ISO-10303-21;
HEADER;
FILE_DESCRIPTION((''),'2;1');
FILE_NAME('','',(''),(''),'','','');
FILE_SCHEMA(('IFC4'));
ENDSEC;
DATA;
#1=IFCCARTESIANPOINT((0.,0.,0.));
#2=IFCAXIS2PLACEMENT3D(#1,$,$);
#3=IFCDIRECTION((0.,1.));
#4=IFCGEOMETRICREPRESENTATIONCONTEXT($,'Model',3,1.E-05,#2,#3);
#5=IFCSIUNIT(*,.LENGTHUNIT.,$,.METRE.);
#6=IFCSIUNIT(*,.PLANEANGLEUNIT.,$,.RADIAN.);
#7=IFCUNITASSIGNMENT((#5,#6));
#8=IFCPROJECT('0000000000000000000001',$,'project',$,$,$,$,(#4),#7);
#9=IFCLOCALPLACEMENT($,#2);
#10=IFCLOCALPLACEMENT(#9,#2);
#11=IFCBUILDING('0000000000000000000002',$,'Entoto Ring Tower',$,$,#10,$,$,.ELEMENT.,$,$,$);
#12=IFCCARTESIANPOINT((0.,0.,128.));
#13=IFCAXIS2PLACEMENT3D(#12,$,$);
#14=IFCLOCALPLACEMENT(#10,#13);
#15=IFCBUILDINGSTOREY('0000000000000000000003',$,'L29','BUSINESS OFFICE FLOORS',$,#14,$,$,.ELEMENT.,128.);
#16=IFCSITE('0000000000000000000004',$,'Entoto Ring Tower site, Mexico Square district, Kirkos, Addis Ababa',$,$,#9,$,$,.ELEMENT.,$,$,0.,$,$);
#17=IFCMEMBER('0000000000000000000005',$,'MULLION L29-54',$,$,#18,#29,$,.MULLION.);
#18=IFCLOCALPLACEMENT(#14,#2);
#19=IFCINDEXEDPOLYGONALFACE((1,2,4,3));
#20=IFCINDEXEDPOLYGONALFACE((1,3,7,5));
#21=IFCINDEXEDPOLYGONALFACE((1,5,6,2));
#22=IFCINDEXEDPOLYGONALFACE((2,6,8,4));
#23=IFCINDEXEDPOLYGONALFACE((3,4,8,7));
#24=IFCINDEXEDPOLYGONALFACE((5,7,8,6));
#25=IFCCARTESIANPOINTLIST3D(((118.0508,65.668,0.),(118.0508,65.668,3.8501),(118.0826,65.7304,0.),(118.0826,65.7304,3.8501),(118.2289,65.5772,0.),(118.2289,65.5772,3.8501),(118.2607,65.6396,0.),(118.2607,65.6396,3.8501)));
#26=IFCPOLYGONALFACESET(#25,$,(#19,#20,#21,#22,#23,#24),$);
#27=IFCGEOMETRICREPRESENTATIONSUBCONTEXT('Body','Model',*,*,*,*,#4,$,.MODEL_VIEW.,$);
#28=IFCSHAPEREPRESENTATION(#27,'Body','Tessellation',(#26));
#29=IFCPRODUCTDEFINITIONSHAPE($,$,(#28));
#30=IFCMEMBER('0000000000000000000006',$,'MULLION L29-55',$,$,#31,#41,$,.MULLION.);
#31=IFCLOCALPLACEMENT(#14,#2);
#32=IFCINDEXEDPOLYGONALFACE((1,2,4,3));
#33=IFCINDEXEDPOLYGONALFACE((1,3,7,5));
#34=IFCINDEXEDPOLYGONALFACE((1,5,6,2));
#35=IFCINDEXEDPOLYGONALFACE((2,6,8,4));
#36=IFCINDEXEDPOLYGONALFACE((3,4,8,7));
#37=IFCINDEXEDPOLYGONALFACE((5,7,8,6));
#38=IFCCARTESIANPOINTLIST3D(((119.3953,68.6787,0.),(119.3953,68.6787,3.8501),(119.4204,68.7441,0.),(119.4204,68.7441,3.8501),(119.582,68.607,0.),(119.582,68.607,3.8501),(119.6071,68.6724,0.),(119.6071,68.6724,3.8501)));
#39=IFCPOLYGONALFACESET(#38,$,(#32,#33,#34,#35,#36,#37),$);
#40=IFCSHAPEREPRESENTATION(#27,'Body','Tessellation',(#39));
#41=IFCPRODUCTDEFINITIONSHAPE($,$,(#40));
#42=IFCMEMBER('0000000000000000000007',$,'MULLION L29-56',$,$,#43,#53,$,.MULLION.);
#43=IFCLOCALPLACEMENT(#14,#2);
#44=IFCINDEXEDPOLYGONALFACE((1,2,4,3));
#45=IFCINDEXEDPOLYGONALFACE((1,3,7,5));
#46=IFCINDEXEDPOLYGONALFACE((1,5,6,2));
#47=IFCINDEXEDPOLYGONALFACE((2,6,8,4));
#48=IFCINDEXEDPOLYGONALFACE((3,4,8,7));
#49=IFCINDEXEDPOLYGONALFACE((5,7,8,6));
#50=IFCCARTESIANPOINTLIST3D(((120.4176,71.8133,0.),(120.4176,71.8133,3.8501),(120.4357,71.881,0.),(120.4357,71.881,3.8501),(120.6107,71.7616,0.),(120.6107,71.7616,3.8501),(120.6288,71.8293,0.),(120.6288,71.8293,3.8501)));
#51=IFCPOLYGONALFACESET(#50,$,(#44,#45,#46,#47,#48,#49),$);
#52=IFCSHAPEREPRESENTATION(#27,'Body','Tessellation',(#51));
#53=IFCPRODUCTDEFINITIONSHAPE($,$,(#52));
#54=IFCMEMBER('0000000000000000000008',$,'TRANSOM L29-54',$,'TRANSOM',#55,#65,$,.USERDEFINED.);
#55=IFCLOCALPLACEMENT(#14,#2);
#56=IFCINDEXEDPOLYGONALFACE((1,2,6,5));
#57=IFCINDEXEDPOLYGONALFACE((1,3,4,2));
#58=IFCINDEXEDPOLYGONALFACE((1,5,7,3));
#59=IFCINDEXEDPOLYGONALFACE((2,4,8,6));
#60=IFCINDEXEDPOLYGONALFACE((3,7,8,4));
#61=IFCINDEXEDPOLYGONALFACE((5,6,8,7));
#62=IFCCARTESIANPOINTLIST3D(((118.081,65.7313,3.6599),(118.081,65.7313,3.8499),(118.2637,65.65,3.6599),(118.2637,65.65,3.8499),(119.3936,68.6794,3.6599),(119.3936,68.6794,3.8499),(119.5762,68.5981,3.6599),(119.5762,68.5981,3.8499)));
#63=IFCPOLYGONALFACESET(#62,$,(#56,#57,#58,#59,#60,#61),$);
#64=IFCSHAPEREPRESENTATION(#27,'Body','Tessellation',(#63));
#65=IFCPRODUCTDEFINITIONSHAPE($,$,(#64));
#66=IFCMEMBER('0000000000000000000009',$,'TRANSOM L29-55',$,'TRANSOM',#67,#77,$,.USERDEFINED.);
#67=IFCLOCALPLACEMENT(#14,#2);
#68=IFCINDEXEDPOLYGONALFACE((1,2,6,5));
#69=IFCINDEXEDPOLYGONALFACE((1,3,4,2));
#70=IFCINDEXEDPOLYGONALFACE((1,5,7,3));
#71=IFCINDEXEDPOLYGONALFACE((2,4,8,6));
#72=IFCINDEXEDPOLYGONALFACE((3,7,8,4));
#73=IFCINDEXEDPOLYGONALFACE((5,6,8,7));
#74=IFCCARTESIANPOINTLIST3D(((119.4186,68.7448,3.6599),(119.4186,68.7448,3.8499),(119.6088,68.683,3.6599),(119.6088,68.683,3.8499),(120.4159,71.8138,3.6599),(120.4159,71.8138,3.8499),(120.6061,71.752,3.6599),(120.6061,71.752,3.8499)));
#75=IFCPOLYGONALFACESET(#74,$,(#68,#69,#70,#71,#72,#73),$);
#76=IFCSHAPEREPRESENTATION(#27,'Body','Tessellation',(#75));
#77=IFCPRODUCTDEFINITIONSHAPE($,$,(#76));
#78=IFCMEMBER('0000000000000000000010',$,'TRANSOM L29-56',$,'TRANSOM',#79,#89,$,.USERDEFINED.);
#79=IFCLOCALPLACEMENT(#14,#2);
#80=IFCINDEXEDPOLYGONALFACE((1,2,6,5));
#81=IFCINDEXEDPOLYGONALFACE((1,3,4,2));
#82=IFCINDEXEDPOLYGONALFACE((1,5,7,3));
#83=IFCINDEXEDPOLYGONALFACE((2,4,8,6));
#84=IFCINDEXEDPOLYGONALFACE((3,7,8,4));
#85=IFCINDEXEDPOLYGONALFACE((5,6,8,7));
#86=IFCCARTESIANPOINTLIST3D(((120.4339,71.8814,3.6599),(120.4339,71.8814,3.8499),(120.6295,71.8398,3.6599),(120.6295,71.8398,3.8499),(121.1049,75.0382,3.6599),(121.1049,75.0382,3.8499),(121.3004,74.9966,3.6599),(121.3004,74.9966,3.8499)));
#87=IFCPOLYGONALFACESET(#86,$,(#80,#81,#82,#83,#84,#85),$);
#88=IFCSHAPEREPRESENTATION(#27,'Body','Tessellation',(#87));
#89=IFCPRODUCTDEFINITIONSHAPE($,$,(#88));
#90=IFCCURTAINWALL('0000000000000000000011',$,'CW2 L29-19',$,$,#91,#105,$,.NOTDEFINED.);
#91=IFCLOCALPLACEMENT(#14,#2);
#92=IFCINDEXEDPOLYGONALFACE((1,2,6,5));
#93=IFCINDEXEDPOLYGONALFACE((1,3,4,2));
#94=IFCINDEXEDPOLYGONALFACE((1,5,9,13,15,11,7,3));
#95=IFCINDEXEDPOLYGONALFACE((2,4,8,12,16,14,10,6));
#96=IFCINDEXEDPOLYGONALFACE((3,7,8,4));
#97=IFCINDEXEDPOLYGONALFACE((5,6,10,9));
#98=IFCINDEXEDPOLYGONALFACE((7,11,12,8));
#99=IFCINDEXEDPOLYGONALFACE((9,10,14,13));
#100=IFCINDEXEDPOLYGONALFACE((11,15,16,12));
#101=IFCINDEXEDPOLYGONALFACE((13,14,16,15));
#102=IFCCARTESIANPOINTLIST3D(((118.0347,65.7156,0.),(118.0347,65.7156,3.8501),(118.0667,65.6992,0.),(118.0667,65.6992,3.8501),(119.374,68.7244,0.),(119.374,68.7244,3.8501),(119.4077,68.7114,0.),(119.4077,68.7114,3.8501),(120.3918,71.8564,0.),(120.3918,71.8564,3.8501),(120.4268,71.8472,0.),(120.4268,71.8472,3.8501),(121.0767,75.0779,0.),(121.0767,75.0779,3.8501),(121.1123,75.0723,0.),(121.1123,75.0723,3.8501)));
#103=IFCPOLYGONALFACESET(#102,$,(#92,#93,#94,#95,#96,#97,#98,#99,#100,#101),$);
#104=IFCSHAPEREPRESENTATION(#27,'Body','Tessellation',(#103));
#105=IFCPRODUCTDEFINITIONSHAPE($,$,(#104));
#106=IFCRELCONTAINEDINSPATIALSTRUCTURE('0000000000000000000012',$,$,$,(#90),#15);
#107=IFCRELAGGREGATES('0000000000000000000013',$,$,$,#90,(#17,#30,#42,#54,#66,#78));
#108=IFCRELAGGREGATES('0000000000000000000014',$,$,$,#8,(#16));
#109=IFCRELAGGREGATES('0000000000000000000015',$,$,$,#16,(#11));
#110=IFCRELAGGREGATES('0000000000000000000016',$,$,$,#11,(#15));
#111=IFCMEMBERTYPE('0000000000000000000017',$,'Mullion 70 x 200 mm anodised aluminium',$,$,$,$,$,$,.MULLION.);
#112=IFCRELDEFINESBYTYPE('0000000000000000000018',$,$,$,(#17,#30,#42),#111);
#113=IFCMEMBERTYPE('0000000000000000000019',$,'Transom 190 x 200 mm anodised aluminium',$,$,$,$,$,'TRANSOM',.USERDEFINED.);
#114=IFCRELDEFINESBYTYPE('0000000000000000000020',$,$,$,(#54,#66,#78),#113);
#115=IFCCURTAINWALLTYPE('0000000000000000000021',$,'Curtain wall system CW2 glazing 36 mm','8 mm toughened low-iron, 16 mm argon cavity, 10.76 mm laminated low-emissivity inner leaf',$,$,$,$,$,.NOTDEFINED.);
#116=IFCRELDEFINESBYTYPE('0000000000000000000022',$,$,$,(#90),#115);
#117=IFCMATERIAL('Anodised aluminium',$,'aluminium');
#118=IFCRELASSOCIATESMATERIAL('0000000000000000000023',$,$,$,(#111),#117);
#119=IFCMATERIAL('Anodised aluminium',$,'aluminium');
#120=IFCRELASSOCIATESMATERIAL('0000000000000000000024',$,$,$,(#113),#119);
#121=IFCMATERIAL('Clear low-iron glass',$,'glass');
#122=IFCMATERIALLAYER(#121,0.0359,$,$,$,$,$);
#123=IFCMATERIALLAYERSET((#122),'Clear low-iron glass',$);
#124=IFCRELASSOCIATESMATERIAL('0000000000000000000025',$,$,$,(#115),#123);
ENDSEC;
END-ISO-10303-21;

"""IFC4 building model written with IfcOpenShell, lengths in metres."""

from ifc_helpers import new_model, si_unit, direction, frame, origin, origin_2d, place, context, subcontext, project, spatial, polyline, rectangle, outline, extrude, material, layer, layer_set, material_profile, profile_set, type_object, element, aggregate, save


model = new_model("IFC4")

# Units and contexts
model_context = context("Model", 3, precision=1e-05, world=origin(), true_north=direction((0.0, 1.0)))
body_context = subcontext(model_context, "Body", "Model", "MODEL_VIEW")
ifc_project = project(units=[si_unit("LENGTHUNIT", "METRE"), si_unit("PLANEANGLEUNIT", "RADIAN")], contexts=[model_context])

# Members
ifc_material_1 = material(Name="Anodised aluminium", Category="aluminium")
ifc_material_profile_1 = material_profile(ifc_material_1, rectangle(XDim=0.0701, YDim=0.2, at=origin_2d()), Name="Mullion 70 x 200 mm anodised aluminium")
ifc_profile_set_1 = profile_set([ifc_material_profile_1], Name="Anodised aluminium")
member_type_1 = type_object("IfcMemberType", Name="Mullion 70 x 200 mm anodised aluminium", PredefinedType="MULLION", material=ifc_profile_set_1)
site_placement = place(None, origin())
building_placement = place(site_placement, origin())
storey_placement = place(building_placement, frame((0.0, 0.0, 128.0)))
member_1_placement = place(storey_placement, frame((118.1558, 65.6538, 0.0), z_axis=(0.0, 0.0, 1.0), x_axis=(0.45399, 0.891007, 0.0)))
member_1 = element("IfcMember", 1, at=member_1_placement, type_object=member_type_1, Name="MULLION L29-54", PredefinedType="MULLION", context=body_context, shape_type="SweptSolid", body=[
    extrude(rectangle(XDim=0.0701, YDim=0.2, at=origin_2d()), origin(), (0.0, 0.0, 1.0), 3.8501),
])
member_2_placement = place(storey_placement, frame((119.5012, 68.6755, 0.0), z_axis=(0.0, 0.0, 1.0), x_axis=(0.358368, 0.93358, 0.0)))
member_2 = element("IfcMember", 2, at=member_2_placement, type_object=member_type_1, Name="MULLION L29-55", PredefinedType="MULLION", context=body_context, shape_type="SweptSolid", body=[
    extrude(rectangle(XDim=0.0701, YDim=0.2, at=origin_2d()), origin(), (0.0, 0.0, 1.0), 3.8501),
])
member_3_placement = place(storey_placement, frame((120.5232, 71.8213, 0.0), z_axis=(0.0, 0.0, 1.0), x_axis=(0.258819, 0.965926, 0.0)))
member_3 = element("IfcMember", 3, at=member_3_placement, type_object=member_type_1, Name="MULLION L29-56", PredefinedType="MULLION", context=body_context, shape_type="SweptSolid", body=[
    extrude(rectangle(XDim=0.0701, YDim=0.2, at=origin_2d()), origin(), (0.0, 0.0, 1.0), 3.8501),
])
ifc_material_2 = material(Name="Anodised aluminium", Category="aluminium")
ifc_material_profile_2 = material_profile(ifc_material_2, rectangle(XDim=0.2, YDim=0.1899, at=origin_2d()), Name="Transom 190 x 200 mm anodised aluminium")
ifc_profile_set_2 = profile_set([ifc_material_profile_2], Name="Anodised aluminium")
member_type_2 = type_object("IfcMemberType", Name="Transom 190 x 200 mm anodised aluminium", ElementType="TRANSOM", PredefinedType="USERDEFINED", material=ifc_profile_set_2)
member_4_placement = place(storey_placement, frame((118.1724, 65.6907, 3.7549), z_axis=(0.406728, 0.913549, 0.0), x_axis=(-0.913549, 0.406728, 0.0)))
member_4 = element("IfcMember", 4, at=member_4_placement, type_object=member_type_2, Name="TRANSOM L29-54", ObjectType="TRANSOM", PredefinedType="USERDEFINED", context=body_context, shape_type="SweptSolid", body=[
    extrude(rectangle(XDim=0.2, YDim=0.1899, at=origin_2d()), origin(), (0.0, 0.0, 1.0), 3.2271),
])
member_5_placement = place(storey_placement, frame((119.5137, 68.7139, 3.7549), z_axis=(0.309047, 0.951047, 0.0), x_axis=(-0.951047, 0.309047, 0.0)))
member_5 = element("IfcMember", 5, at=member_5_placement, type_object=member_type_2, Name="TRANSOM L29-55", ObjectType="TRANSOM", PredefinedType="USERDEFINED", context=body_context, shape_type="SweptSolid", body=[
    extrude(rectangle(XDim=0.2, YDim=0.1899, at=origin_2d()), origin(), (0.0, 0.0, 1.0), 3.2271),
])
member_6_placement = place(storey_placement, frame((120.5317, 71.8606, 3.7549), z_axis=(0.207886, 0.978153, 0.0), x_axis=(-0.978153, 0.207886, 0.0)))
member_6 = element("IfcMember", 6, at=member_6_placement, type_object=member_type_2, Name="TRANSOM L29-56", ObjectType="TRANSOM", PredefinedType="USERDEFINED", context=body_context, shape_type="SweptSolid", body=[
    extrude(rectangle(XDim=0.2, YDim=0.1899, at=origin_2d()), origin(), (0.0, 0.0, 1.0), 3.2273),
])

# Site, building, storey
site = spatial("IfcSite", under=ifc_project, at=site_placement, Name="Entoto Ring Tower site, Mexico Square district, Kirkos, Addis Ababa", CompositionType="ELEMENT", RefElevation=0.0)
building = spatial("IfcBuilding", under=site, at=building_placement, Name="Entoto Ring Tower", CompositionType="ELEMENT")
storey = spatial("IfcBuildingStorey", under=building, at=storey_placement, Name="L29", Description="BUSINESS OFFICE FLOORS", CompositionType="ELEMENT", Elevation=128.0)

# Curtain wall
ifc_material_3 = material(Name="Clear low-iron glass", Category="glass")
ifc_layer_1 = layer(ifc_material_3, 0.0359)
ifc_layer_set_1 = layer_set([ifc_layer_1], Name="Clear low-iron glass")
curtain_wall_type = type_object("IfcCurtainWallType", Name="Curtain wall system CW2 glazing 36 mm", Description="8 mm toughened low-iron, 16 mm argon cavity, 10.76 mm laminated low-emissivity inner leaf", PredefinedType="NOTDEFINED", material=ifc_layer_set_1)
curtain_wall_1_placement = place(storey_placement, origin())
curtain_wall_1 = element("IfcCurtainWall", 7, at=curtain_wall_1_placement, inside=storey, type_object=curtain_wall_type, Name="CW2 L29-19", PredefinedType="NOTDEFINED", context=body_context, shape_type="SweptSolid", body=[
    extrude(outline(polyline([(118.0667, 65.6992), (119.4077, 68.7114), (120.4268, 71.8472), (121.1123, 75.0723), (121.0767, 75.0779), (120.3918, 71.8564), (119.374, 68.7244), (118.0347, 65.7156), (118.0667, 65.6992)])), origin(), (0.0, 0.0, 1.0), 3.8501),
])
aggregate(curtain_wall_1, [member_1, member_2, member_3, member_4, member_5, member_6])

save(model, "model.ifc")
